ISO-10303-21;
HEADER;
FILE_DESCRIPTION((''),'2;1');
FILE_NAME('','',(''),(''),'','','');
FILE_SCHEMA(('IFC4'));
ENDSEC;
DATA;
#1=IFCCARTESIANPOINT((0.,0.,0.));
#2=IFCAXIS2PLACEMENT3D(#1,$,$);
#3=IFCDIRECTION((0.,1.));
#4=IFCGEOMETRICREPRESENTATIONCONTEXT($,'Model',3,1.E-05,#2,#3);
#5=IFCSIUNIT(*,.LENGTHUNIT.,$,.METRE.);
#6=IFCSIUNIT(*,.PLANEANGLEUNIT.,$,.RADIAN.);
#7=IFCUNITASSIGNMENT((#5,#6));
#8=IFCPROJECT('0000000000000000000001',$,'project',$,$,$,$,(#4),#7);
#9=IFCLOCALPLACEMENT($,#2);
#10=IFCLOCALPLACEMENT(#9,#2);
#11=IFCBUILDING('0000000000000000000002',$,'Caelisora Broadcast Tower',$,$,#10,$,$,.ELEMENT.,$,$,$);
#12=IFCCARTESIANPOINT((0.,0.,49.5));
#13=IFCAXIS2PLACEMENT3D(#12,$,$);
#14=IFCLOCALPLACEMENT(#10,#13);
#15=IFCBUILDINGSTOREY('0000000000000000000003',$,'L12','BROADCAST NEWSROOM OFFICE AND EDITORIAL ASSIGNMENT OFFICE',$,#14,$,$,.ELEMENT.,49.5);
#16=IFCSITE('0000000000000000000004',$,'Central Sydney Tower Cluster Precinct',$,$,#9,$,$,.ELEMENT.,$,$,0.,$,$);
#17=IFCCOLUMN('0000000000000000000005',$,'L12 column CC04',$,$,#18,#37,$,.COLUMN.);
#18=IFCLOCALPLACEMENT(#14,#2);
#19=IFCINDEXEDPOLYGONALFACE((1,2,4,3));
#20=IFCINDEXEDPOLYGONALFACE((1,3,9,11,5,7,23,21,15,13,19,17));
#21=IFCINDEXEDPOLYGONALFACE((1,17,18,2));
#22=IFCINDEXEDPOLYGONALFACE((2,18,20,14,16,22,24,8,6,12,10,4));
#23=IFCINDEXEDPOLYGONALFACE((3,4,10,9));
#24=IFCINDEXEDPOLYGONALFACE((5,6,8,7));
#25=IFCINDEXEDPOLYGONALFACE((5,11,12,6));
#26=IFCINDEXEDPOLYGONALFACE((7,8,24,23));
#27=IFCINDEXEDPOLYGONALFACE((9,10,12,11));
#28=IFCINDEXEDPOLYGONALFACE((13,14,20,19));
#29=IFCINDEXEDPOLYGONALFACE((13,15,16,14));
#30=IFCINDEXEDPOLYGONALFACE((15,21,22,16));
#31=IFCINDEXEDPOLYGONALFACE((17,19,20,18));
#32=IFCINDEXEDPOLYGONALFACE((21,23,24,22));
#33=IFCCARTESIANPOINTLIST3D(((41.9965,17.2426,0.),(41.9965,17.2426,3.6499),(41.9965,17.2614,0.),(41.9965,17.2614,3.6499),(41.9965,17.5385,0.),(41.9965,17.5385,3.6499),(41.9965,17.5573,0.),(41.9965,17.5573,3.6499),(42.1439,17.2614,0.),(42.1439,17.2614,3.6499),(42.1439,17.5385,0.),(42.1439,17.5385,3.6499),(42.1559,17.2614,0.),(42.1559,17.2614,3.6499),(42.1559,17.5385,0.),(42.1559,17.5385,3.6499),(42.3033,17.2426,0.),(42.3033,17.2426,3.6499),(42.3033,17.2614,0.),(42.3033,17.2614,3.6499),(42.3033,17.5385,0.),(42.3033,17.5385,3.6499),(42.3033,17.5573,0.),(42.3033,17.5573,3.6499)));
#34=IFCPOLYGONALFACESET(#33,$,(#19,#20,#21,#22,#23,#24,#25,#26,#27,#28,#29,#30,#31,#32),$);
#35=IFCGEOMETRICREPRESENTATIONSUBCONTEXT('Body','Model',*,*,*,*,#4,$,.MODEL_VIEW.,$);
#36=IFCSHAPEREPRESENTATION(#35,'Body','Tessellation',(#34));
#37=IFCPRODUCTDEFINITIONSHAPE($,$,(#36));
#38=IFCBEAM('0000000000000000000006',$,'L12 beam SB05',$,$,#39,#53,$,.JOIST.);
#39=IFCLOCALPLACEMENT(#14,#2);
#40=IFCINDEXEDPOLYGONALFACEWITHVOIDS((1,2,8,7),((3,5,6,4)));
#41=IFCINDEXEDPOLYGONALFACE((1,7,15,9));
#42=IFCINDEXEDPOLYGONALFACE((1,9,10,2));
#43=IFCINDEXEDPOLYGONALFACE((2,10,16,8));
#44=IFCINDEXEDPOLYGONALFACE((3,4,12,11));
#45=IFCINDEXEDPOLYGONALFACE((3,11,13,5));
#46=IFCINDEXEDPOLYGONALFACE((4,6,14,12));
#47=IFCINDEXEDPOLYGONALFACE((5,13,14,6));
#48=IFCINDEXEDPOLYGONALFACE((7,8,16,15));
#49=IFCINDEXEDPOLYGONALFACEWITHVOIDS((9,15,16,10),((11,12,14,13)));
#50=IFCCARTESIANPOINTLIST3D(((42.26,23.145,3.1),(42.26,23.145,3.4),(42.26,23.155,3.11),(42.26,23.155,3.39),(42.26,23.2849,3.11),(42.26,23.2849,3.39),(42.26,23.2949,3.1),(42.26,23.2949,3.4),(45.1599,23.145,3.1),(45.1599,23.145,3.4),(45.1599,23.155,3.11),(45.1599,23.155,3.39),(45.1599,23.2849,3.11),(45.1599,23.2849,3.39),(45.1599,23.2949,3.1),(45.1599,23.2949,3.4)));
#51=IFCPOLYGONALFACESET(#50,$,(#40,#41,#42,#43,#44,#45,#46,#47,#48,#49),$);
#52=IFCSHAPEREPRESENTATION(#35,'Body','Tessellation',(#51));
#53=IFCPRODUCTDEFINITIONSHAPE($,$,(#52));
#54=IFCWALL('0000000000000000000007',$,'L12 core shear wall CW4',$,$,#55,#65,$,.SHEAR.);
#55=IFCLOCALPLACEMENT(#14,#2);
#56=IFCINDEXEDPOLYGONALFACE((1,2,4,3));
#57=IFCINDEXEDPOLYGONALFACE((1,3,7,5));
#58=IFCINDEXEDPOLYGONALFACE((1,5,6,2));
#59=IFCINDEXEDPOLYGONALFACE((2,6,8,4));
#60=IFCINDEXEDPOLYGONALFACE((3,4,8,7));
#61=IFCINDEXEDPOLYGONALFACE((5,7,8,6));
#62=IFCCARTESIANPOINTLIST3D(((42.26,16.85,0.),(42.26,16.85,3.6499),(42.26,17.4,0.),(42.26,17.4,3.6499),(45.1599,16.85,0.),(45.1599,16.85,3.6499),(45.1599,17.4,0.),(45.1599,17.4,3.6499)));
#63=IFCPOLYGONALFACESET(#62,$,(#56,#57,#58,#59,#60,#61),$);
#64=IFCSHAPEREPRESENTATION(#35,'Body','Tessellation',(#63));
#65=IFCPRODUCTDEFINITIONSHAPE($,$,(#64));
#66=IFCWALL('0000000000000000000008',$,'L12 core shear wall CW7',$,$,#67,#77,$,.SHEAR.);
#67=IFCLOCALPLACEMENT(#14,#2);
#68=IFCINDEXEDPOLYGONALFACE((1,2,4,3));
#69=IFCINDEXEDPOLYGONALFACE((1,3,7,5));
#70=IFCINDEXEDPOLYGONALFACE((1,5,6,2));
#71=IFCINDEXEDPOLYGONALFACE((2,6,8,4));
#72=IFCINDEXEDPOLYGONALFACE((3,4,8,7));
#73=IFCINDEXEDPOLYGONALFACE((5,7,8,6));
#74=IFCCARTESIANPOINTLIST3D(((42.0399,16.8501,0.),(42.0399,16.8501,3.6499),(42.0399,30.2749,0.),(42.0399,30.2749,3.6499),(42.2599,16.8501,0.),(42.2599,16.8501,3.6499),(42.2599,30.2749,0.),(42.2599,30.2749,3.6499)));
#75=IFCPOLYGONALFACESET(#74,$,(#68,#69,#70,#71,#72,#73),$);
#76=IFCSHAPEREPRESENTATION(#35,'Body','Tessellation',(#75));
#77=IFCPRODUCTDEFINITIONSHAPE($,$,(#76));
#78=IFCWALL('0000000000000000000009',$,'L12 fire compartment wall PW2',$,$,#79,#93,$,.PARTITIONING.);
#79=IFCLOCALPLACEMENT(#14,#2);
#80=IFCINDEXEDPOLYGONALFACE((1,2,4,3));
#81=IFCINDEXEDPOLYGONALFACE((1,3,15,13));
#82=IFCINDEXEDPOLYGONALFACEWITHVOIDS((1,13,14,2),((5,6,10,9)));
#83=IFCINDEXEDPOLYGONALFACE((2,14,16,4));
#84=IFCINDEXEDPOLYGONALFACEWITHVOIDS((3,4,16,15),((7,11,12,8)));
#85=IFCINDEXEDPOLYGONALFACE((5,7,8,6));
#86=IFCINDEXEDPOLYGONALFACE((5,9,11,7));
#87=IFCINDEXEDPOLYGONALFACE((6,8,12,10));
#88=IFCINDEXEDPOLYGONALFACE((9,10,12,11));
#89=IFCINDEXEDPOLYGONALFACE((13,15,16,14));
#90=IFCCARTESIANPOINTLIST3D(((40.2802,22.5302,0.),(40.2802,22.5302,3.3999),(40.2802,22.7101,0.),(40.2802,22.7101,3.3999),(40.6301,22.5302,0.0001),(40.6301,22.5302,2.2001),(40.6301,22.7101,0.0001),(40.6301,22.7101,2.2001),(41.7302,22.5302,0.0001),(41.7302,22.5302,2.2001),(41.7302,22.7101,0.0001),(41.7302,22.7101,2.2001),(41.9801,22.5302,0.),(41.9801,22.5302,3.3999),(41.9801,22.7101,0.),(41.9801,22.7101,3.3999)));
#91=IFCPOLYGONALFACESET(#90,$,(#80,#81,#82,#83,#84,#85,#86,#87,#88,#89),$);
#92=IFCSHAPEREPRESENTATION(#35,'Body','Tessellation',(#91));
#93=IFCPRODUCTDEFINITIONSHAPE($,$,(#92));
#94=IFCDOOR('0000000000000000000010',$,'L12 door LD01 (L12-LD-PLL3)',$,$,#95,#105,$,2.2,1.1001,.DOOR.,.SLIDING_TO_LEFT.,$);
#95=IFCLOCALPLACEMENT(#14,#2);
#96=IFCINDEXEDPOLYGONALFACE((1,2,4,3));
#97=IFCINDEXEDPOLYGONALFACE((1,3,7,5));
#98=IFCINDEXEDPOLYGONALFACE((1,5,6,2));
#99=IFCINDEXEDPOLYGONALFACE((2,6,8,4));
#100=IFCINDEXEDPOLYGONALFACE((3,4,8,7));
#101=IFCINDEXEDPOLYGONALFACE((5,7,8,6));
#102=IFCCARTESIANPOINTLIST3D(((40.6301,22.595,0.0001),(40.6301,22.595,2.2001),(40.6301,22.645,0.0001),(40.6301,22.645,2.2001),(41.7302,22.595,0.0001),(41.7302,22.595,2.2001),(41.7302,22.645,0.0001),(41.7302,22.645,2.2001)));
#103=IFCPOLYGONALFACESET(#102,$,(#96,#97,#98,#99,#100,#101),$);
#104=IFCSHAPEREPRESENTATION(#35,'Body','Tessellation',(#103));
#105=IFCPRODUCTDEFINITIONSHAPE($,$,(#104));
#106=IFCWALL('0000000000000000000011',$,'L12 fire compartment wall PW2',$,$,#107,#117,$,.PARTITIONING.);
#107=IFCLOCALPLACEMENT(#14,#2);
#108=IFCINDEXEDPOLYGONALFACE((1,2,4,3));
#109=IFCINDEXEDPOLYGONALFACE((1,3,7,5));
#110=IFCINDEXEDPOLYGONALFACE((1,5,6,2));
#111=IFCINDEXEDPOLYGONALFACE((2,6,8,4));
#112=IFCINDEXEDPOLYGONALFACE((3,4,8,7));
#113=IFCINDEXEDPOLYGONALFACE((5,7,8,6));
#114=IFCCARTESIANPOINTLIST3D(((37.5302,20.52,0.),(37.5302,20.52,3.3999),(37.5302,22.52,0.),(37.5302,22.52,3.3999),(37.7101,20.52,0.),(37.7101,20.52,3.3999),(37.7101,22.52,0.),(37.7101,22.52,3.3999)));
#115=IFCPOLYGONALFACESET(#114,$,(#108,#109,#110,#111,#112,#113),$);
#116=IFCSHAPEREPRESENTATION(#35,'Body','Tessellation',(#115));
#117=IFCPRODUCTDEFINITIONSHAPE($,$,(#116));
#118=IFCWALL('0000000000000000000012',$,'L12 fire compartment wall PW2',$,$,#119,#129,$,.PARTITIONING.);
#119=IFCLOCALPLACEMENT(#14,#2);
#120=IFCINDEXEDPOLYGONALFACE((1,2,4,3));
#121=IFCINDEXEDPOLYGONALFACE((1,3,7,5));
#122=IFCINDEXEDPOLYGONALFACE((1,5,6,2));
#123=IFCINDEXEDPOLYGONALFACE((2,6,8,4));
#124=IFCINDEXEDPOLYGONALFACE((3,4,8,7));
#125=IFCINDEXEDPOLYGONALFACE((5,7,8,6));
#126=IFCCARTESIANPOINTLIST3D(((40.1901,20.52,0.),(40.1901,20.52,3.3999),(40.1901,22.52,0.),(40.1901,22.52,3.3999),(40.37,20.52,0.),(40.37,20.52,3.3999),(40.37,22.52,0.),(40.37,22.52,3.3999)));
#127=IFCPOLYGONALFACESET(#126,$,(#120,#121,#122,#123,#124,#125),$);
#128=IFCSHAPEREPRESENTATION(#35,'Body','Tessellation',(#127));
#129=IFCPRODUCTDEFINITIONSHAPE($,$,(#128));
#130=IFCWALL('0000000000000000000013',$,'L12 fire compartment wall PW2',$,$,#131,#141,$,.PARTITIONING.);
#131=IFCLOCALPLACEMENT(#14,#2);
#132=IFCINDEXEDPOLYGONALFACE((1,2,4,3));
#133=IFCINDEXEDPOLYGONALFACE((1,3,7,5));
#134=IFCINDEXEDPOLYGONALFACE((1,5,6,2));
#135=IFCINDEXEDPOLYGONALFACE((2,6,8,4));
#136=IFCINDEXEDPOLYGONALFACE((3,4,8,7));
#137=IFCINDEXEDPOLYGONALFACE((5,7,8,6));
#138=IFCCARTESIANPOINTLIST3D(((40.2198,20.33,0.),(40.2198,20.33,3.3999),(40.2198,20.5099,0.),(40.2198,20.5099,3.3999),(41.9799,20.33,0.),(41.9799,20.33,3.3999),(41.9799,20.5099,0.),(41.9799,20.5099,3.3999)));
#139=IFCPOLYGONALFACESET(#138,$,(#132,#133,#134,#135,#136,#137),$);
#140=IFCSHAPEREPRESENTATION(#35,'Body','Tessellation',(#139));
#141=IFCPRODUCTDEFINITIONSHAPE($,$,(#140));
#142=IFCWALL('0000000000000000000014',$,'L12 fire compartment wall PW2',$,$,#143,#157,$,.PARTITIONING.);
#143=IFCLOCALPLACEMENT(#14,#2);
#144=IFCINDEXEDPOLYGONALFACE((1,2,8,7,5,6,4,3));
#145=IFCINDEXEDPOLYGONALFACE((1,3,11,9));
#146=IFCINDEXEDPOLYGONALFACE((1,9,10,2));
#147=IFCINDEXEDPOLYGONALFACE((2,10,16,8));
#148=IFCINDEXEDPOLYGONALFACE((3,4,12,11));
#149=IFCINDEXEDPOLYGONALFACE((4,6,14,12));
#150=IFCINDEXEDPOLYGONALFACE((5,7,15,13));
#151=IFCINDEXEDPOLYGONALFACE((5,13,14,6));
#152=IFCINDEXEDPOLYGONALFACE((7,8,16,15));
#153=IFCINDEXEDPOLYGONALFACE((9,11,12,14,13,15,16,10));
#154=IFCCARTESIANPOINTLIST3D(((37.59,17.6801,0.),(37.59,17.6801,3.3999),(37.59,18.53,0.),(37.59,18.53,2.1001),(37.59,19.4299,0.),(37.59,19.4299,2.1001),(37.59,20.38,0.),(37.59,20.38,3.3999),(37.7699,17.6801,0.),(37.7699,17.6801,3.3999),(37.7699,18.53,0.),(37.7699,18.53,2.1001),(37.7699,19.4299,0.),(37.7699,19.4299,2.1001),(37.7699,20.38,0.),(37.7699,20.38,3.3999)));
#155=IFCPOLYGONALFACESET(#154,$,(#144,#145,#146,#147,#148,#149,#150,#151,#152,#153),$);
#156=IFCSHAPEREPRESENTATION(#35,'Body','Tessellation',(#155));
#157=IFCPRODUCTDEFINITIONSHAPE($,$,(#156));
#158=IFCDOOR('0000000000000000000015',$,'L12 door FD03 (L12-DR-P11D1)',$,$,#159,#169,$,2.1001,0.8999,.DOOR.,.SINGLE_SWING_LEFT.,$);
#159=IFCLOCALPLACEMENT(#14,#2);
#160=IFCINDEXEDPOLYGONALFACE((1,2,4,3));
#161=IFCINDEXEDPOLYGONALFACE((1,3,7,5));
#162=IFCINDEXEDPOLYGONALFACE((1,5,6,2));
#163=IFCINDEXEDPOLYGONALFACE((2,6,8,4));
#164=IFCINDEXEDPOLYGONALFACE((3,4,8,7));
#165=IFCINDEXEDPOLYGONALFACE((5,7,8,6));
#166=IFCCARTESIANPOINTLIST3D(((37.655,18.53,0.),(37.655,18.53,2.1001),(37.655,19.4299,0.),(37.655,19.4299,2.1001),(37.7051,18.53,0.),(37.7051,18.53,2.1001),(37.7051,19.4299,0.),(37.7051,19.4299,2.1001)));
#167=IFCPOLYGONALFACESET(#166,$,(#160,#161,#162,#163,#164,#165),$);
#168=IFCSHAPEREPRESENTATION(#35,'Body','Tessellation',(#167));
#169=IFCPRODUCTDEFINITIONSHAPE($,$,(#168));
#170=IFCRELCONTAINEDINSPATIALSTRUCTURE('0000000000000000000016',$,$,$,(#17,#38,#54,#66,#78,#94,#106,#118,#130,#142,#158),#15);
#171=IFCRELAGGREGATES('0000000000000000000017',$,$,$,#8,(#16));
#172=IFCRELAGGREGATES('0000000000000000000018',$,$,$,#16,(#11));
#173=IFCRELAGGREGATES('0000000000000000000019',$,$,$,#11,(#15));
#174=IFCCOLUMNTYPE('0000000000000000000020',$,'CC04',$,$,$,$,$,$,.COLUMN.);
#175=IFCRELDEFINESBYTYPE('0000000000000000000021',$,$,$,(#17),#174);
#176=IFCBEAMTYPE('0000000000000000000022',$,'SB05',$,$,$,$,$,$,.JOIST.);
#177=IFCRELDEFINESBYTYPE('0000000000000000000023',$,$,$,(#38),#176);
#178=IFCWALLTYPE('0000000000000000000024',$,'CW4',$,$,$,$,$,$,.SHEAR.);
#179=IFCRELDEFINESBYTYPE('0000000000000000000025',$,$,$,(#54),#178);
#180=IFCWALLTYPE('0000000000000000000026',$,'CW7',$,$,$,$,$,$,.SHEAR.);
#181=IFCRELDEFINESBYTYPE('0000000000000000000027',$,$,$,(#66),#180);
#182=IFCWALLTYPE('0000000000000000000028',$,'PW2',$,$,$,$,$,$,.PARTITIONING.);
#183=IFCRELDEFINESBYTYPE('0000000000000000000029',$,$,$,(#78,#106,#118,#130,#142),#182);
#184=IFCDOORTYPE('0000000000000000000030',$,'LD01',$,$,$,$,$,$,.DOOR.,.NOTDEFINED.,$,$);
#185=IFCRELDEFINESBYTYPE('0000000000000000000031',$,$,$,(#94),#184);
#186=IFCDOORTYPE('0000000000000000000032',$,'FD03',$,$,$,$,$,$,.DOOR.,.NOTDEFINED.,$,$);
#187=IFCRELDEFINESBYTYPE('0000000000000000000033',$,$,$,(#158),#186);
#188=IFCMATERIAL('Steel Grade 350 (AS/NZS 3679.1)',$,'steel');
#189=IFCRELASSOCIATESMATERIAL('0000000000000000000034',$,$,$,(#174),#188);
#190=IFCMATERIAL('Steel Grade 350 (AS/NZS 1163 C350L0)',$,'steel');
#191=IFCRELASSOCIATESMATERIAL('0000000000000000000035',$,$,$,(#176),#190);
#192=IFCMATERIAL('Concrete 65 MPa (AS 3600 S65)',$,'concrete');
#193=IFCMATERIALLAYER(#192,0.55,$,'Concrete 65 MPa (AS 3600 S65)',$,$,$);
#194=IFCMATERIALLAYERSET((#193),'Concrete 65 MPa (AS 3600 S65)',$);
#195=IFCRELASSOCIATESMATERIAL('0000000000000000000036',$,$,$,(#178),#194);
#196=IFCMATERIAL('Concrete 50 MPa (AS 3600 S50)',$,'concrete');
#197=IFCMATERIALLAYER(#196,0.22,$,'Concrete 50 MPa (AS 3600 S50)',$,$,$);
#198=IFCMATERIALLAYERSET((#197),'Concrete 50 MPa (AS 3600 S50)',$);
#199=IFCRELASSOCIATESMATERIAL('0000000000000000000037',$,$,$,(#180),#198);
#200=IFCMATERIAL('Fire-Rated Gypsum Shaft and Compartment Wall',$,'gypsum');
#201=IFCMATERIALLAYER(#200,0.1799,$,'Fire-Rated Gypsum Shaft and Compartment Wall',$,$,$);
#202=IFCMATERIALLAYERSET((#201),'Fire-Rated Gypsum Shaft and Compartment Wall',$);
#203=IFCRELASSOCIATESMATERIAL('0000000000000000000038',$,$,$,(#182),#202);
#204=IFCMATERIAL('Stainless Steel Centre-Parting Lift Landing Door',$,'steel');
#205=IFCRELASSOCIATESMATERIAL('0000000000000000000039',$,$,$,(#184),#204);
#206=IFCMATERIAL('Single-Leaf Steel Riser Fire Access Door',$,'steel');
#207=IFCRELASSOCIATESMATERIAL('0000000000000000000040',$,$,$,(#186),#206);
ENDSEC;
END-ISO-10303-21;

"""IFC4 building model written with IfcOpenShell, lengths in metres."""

from ifc_helpers import new_model, si_unit, direction, frame, frame_2d, origin, origin_2d, place, context, subcontext, project, spatial, rectangle, hollow_rectangle, i_section, extrude, source, transform, mapped, material, layer, layer_set, material_profile, profile_set, type_object, type_shapes, element, fill, save


model = new_model("IFC4")

# Units and contexts
model_context = context("Model", 3, precision=1e-05, world=origin(), true_north=direction((0.0, 1.0)))
body_context = subcontext(model_context, "Body", "Model", "MODEL_VIEW")
ifc_project = project(units=[si_unit("LENGTHUNIT", "METRE"), si_unit("PLANEANGLEUNIT", "RADIAN")], contexts=[model_context])

# Site, building, storey
site_placement = place(None, origin())
site = spatial("IfcSite", under=ifc_project, at=site_placement, Name="Central Sydney Tower Cluster Precinct", CompositionType="ELEMENT", RefElevation=0.0)
building_placement = place(site_placement, origin())
building = spatial("IfcBuilding", under=site, at=building_placement, Name="Caelisora Broadcast Tower", CompositionType="ELEMENT")
storey_placement = place(building_placement, frame((0.0, 0.0, 49.5)))
storey = spatial("IfcBuildingStorey", under=building, at=storey_placement, Name="L12", Description="BROADCAST NEWSROOM OFFICE AND EDITORIAL ASSIGNMENT OFFICE", CompositionType="ELEMENT", Elevation=49.5)

# Column
ifc_material_1 = material(Name="Steel Grade 350 (AS/NZS 3679.1)", Category="steel")
ifc_material_profile_1 = material_profile(ifc_material_1, i_section(OverallWidth=0.3069, OverallDepth=0.3147, WebThickness=0.012, FlangeThickness=0.0188, at=origin_2d()), Name="Steel Grade 350 (AS/NZS 3679.1)")
ifc_profile_set_1 = profile_set([ifc_material_profile_1], Name="Steel Grade 350 (AS/NZS 3679.1)")
column_type = type_object("IfcColumnType", Name="CC04", PredefinedType="COLUMN", material=ifc_profile_set_1)
shared_shape_1 = source(origin(), body_context, "Body", "SweptSolid", [
    extrude(i_section(OverallWidth=0.3069, OverallDepth=0.3147, WebThickness=0.012, FlangeThickness=0.0188, at=origin_2d()), origin(), (0.0, 0.0, 1.0), 3.6499),
])
type_shapes(column_type, [shared_shape_1])
column_placement = place(storey_placement, frame((42.1499, 17.3999, 0.0), z_axis=(0.0, 0.0, 1.0), x_axis=(1.0, 0.0, 0.0)))
element("IfcColumn", 1, at=column_placement, inside=storey, type_object=column_type, Name="L12 column CC04", PredefinedType="COLUMN", context=body_context, shape_type="MappedRepresentation", body=[
    mapped(shared_shape_1, transform((0.0, 0.0, 0.0), scale=1.0)),
])

# Beam
ifc_material_2 = material(Name="Steel Grade 350 (AS/NZS 1163 C350L0)", Category="steel")
ifc_material_profile_2 = material_profile(ifc_material_2, hollow_rectangle(XDim=0.1499, YDim=0.3, WallThickness=0.01, at=origin_2d()), Name="Steel Grade 350 (AS/NZS 1163 C350L0)")
ifc_profile_set_2 = profile_set([ifc_material_profile_2], Name="Steel Grade 350 (AS/NZS 1163 C350L0)")
beam_type = type_object("IfcBeamType", Name="SB05", PredefinedType="JOIST", material=ifc_profile_set_2)
shared_shape_2 = source(origin(), body_context, "Body", "SweptSolid", [
    extrude(hollow_rectangle(XDim=0.1499, YDim=0.3, WallThickness=0.01, at=origin_2d()), origin(), (0.0, 0.0, 1.0), 2.8999),
])
type_shapes(beam_type, [shared_shape_2])
beam_placement = place(storey_placement, frame((42.26, 23.22, 3.25), z_axis=(1.0, 0.0, 0.0), x_axis=(0.0, 1.0, 0.0)))
element("IfcBeam", 2, at=beam_placement, inside=storey, type_object=beam_type, Name="L12 beam SB05", PredefinedType="JOIST", context=body_context, shape_type="MappedRepresentation", body=[
    mapped(shared_shape_2, transform((0.0, 0.0, 0.0), scale=1.0)),
])

# Shared definitions
ifc_material_3 = material(Name="Concrete 65 MPa (AS 3600 S65)", Category="concrete")

# Walls
ifc_layer_1 = layer(ifc_material_3, 0.55, Name="Concrete 65 MPa (AS 3600 S65)")
ifc_layer_set_1 = layer_set([ifc_layer_1], Name="Concrete 65 MPa (AS 3600 S65)")
wall_type_1 = type_object("IfcWallType", Name="CW4", PredefinedType="SHEAR", material=ifc_layer_set_1)
wall_1_placement = place(storey_placement, frame((42.26, 17.125, 0.0), z_axis=(0.0, 0.0, 1.0), x_axis=(1.0, 0.0, 0.0)))
element("IfcWall", 3, at=wall_1_placement, inside=storey, type_object=wall_type_1, Name="L12 core shear wall CW4", PredefinedType="SHEAR", context=body_context, shape_type="SweptSolid", body=[
    extrude(rectangle(XDim=2.8999, YDim=0.55, at=frame_2d((1.45, 0.0))), origin(), (0.0, 0.0, 1.0), 3.6499),
])
ifc_material_4 = material(Name="Concrete 50 MPa (AS 3600 S50)", Category="concrete")
ifc_layer_2 = layer(ifc_material_4, 0.22, Name="Concrete 50 MPa (AS 3600 S50)")
ifc_layer_set_2 = layer_set([ifc_layer_2], Name="Concrete 50 MPa (AS 3600 S50)")
wall_type_2 = type_object("IfcWallType", Name="CW7", PredefinedType="SHEAR", material=ifc_layer_set_2)
wall_2_placement = place(storey_placement, frame((42.1499, 16.8501, 0.0), z_axis=(0.0, 0.0, 1.0), x_axis=(0.0, 1.0, 0.0)))
element("IfcWall", 4, at=wall_2_placement, inside=storey, type_object=wall_type_2, Name="L12 core shear wall CW7", PredefinedType="SHEAR", context=body_context, shape_type="SweptSolid", body=[
    extrude(rectangle(XDim=13.4248, YDim=0.22, at=frame_2d((6.7124, 0.0))), origin(), (0.0, 0.0, 1.0), 3.6499),
])

# Wall, opening, door
ifc_material_5 = material(Name="Fire-Rated Gypsum Shaft and Compartment Wall", Category="gypsum")
ifc_layer_3 = layer(ifc_material_5, 0.1799, Name="Fire-Rated Gypsum Shaft and Compartment Wall")
ifc_layer_set_3 = layer_set([ifc_layer_3], Name="Fire-Rated Gypsum Shaft and Compartment Wall")
wall_type_3 = type_object("IfcWallType", Name="PW2", PredefinedType="PARTITIONING", material=ifc_layer_set_3)
wall_3_placement = place(storey_placement, frame((40.28, 22.6201, 0.0), z_axis=(0.0, 0.0, 1.0), x_axis=(1.0, 0.0, 0.0)))
wall_3 = element("IfcWall", 5, at=wall_3_placement, inside=storey, type_object=wall_type_3, Name="L12 fire compartment wall PW2", PredefinedType="PARTITIONING", context=body_context, shape_type="SweptSolid", body=[
    extrude(rectangle(XDim=1.7, YDim=0.1799, at=frame_2d((0.8501, 0.0))), origin(), (0.0, 0.0, 1.0), 3.3999),
])
opening_1_placement = place(wall_3_placement, frame((0.3501, 0.0, 0.0)))
opening_1 = element("IfcOpeningElement", 6, at=opening_1_placement, cuts=wall_3, PredefinedType="OPENING", context=body_context, shape_type="SweptSolid", body=[
    extrude(rectangle(XDim=1.1001, YDim=2.2, at=frame_2d((0.55, 1.1001))), frame((0.0, 0.1021, 0.0), z_axis=(0.0, -1.0, 0.0), x_axis=(1.0, 0.0, 0.0)), (0.0, 0.0, 1.0), 0.2039),
])
ifc_material_6 = material(Name="Stainless Steel Centre-Parting Lift Landing Door", Category="steel")
door_type_1 = type_object("IfcDoorType", Name="LD01", OperationType="NOTDEFINED", PredefinedType="DOOR", material=ifc_material_6)
door_1_placement = place(opening_1_placement, origin())
door_1 = element("IfcDoor", 7, at=door_1_placement, inside=storey, type_object=door_type_1, Name="L12 door LD01 (L12-LD-PLL3)", OperationType="SLIDING_TO_LEFT", OverallHeight=2.2, OverallWidth=1.1001, PredefinedType="DOOR", context=body_context, shape_type="SweptSolid", body=[
    extrude(rectangle(XDim=1.1001, YDim=2.2, at=frame_2d((0.55, 1.1001))), frame((0.0, 0.0249, 0.0), z_axis=(0.0, -1.0, 0.0), x_axis=(1.0, 0.0, 0.0)), (0.0, 0.0, 1.0), 0.05),
])
fill(opening_1, door_1)

# Walls
for number, where, z_axis, x_axis, name in (
    (8, (37.6201, 20.52, 0.0), (0.0, 0.0, 1.0), (0.0, 1.0, 0.0), "L12 fire compartment wall PW2"),
    (9, (40.28, 20.52, 0.0), (0.0, 0.0, 1.0), (0.0, 1.0, 0.0), "L12 fire compartment wall PW2"),
):
    element("IfcWall", number, at=place(storey_placement, frame(where, z_axis=z_axis, x_axis=x_axis)), inside=storey, type_object=wall_type_3, Name=name, PredefinedType="PARTITIONING", context=body_context, shape_type="SweptSolid", body=[
        extrude(rectangle(XDim=2.0, YDim=0.1799, at=frame_2d((1.0, 0.0))), origin(), (0.0, 0.0, 1.0), 3.3999),
    ])
wall_4_placement = place(storey_placement, frame((40.22, 20.4199, 0.0), z_axis=(0.0, 0.0, 1.0), x_axis=(1.0, 0.0, 0.0)))
element("IfcWall", 10, at=wall_4_placement, inside=storey, type_object=wall_type_3, Name="L12 fire compartment wall PW2", PredefinedType="PARTITIONING", context=body_context, shape_type="SweptSolid", body=[
    extrude(rectangle(XDim=1.76, YDim=0.1799, at=frame_2d((0.8799, 0.0))), origin(), (0.0, 0.0, 1.0), 3.3999),
])

# Wall, opening, door
wall_5_placement = place(storey_placement, frame((37.6799, 17.6799, 0.0), z_axis=(0.0, 0.0, 1.0), x_axis=(0.0, 1.0, 0.0)))
wall_5 = element("IfcWall", 11, at=wall_5_placement, inside=storey, type_object=wall_type_3, Name="L12 fire compartment wall PW2", PredefinedType="PARTITIONING", context=body_context, shape_type="SweptSolid", body=[
    extrude(rectangle(XDim=2.7, YDim=0.1799, at=frame_2d((1.3501, 0.0))), origin(), (0.0, 0.0, 1.0), 3.3999),
])
opening_2_placement = place(wall_5_placement, frame((0.8501, 0.0, 0.0)))
opening_2 = element("IfcOpeningElement", 12, at=opening_2_placement, cuts=wall_5, PredefinedType="OPENING", context=body_context, shape_type="SweptSolid", body=[
    extrude(rectangle(XDim=0.8999, YDim=2.1001, at=frame_2d((0.45, 1.05))), frame((0.0, 0.1021, 0.0), z_axis=(0.0, -1.0, 0.0), x_axis=(1.0, 0.0, 0.0)), (0.0, 0.0, 1.0), 0.2039),
])
ifc_material_7 = material(Name="Single-Leaf Steel Riser Fire Access Door", Category="steel")
door_type_2 = type_object("IfcDoorType", Name="FD03", OperationType="NOTDEFINED", PredefinedType="DOOR", material=ifc_material_7)
door_2_placement = place(opening_2_placement, origin())
door_2 = element("IfcDoor", 13, at=door_2_placement, inside=storey, type_object=door_type_2, Name="L12 door FD03 (L12-DR-P11D1)", OperationType="SINGLE_SWING_LEFT", OverallHeight=2.1001, OverallWidth=0.8999, PredefinedType="DOOR", context=body_context, shape_type="SweptSolid", body=[
    extrude(rectangle(XDim=0.8999, YDim=2.1001, at=frame_2d((0.45, 1.05))), frame((0.0, 0.0249, 0.0), z_axis=(0.0, -1.0, 0.0), x_axis=(1.0, 0.0, 0.0)), (0.0, 0.0, 1.0), 0.05),
])
fill(opening_2, door_2)

save(model, "model.ifc")
